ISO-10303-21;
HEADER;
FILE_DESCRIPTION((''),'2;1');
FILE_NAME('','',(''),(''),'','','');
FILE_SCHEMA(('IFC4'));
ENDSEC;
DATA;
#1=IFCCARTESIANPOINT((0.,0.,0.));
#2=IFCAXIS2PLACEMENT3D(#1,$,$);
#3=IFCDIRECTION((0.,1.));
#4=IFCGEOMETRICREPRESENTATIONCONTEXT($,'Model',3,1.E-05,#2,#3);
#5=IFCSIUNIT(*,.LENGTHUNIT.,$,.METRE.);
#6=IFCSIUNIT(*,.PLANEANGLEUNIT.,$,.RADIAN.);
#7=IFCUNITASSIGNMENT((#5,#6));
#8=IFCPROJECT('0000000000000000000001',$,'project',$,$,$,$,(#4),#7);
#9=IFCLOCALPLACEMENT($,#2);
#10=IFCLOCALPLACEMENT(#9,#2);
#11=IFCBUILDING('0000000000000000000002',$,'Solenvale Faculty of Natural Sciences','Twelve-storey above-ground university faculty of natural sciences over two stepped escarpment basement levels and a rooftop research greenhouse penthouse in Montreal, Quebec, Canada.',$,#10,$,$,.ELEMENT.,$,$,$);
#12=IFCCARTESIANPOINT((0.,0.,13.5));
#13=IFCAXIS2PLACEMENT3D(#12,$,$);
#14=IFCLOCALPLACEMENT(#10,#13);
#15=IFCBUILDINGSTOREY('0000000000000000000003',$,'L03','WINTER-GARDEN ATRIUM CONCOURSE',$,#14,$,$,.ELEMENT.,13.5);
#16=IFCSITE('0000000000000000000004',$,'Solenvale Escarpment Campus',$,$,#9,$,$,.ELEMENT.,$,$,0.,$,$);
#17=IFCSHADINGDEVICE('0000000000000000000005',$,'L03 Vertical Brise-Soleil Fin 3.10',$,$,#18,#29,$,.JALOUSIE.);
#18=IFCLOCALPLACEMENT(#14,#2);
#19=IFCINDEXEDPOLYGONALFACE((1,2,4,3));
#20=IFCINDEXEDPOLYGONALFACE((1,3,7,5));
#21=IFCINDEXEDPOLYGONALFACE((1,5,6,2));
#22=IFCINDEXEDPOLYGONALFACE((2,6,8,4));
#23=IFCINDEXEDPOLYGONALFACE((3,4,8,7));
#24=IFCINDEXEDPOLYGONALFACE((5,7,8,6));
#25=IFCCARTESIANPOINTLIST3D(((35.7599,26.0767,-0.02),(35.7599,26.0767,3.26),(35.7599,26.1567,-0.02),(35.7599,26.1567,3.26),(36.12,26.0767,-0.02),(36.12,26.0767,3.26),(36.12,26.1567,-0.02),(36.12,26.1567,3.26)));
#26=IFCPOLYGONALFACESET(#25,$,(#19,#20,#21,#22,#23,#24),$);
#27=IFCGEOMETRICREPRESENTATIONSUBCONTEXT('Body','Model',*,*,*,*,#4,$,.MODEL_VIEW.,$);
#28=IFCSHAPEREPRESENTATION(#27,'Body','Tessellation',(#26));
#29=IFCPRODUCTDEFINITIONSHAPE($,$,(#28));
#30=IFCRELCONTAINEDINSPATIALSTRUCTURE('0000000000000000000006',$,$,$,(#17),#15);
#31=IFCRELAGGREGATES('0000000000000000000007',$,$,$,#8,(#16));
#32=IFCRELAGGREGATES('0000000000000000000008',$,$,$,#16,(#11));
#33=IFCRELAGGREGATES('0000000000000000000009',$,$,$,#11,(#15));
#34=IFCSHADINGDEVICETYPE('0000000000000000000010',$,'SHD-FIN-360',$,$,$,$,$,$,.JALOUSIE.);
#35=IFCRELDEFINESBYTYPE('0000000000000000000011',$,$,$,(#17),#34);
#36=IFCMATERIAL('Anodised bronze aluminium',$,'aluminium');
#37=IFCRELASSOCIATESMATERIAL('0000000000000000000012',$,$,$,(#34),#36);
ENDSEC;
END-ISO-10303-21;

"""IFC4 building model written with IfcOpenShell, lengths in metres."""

from ifc_helpers import new_model, si_unit, direction, frame, origin, origin_2d, place, context, subcontext, project, spatial, rectangle, extrude, material, material_profile, profile_set, type_object, element, save


model = new_model("IFC4")

# Units and contexts
model_context = context("Model", 3, precision=1e-05, world=origin(), true_north=direction((0.0, 1.0)))
body_context = subcontext(model_context, "Body", "Model", "MODEL_VIEW")
ifc_project = project(units=[si_unit("LENGTHUNIT", "METRE"), si_unit("PLANEANGLEUNIT", "RADIAN")], contexts=[model_context])

# Site, building, storey
site_placement = place(None, origin())
site = spatial("IfcSite", under=ifc_project, at=site_placement, Name="Solenvale Escarpment Campus", CompositionType="ELEMENT", RefElevation=0.0)
building_placement = place(site_placement, origin())
building = spatial("IfcBuilding", under=site, at=building_placement, Name="Solenvale Faculty of Natural Sciences", Description="Twelve-storey above-ground university faculty of natural sciences over two stepped escarpment basement levels and a rooftop research greenhouse penthouse in Montreal, Quebec, Canada.", CompositionType="ELEMENT")
storey_placement = place(building_placement, frame((0.0, 0.0, 13.5)))
storey = spatial("IfcBuildingStorey", under=building, at=storey_placement, Name="L03", Description="WINTER-GARDEN ATRIUM CONCOURSE", CompositionType="ELEMENT", Elevation=13.5)

# Shared definitions
ifc_material_1 = material(Name="Anodised bronze aluminium", Category="aluminium")

# Shading device
ifc_material_profile_1 = material_profile(ifc_material_1, rectangle(XDim=0.0801, YDim=0.3601, at=origin_2d()), Name="ALU-FIN-80x360")
ifc_profile_set_1 = profile_set([ifc_material_profile_1], Name="Anodised bronze aluminium")
shading_device_type = type_object("IfcShadingDeviceType", Name="SHD-FIN-360", PredefinedType="JALOUSIE", material=ifc_profile_set_1)
shading_device_placement = place(storey_placement, frame((35.9399, 26.1167, -0.02), z_axis=(0.0, 0.0, 1.0), x_axis=(0.0, 1.0, 0.0)))
element("IfcShadingDevice", 1, at=shading_device_placement, inside=storey, type_object=shading_device_type, Name="L03 Vertical Brise-Soleil Fin 3.10", PredefinedType="JALOUSIE", context=body_context, shape_type="SweptSolid", body=[
    extrude(rectangle(XDim=0.0801, YDim=0.3601, at=origin_2d()), origin(), (0.0, 0.0, 1.0), 3.28),
])

save(model, "model.ifc")
